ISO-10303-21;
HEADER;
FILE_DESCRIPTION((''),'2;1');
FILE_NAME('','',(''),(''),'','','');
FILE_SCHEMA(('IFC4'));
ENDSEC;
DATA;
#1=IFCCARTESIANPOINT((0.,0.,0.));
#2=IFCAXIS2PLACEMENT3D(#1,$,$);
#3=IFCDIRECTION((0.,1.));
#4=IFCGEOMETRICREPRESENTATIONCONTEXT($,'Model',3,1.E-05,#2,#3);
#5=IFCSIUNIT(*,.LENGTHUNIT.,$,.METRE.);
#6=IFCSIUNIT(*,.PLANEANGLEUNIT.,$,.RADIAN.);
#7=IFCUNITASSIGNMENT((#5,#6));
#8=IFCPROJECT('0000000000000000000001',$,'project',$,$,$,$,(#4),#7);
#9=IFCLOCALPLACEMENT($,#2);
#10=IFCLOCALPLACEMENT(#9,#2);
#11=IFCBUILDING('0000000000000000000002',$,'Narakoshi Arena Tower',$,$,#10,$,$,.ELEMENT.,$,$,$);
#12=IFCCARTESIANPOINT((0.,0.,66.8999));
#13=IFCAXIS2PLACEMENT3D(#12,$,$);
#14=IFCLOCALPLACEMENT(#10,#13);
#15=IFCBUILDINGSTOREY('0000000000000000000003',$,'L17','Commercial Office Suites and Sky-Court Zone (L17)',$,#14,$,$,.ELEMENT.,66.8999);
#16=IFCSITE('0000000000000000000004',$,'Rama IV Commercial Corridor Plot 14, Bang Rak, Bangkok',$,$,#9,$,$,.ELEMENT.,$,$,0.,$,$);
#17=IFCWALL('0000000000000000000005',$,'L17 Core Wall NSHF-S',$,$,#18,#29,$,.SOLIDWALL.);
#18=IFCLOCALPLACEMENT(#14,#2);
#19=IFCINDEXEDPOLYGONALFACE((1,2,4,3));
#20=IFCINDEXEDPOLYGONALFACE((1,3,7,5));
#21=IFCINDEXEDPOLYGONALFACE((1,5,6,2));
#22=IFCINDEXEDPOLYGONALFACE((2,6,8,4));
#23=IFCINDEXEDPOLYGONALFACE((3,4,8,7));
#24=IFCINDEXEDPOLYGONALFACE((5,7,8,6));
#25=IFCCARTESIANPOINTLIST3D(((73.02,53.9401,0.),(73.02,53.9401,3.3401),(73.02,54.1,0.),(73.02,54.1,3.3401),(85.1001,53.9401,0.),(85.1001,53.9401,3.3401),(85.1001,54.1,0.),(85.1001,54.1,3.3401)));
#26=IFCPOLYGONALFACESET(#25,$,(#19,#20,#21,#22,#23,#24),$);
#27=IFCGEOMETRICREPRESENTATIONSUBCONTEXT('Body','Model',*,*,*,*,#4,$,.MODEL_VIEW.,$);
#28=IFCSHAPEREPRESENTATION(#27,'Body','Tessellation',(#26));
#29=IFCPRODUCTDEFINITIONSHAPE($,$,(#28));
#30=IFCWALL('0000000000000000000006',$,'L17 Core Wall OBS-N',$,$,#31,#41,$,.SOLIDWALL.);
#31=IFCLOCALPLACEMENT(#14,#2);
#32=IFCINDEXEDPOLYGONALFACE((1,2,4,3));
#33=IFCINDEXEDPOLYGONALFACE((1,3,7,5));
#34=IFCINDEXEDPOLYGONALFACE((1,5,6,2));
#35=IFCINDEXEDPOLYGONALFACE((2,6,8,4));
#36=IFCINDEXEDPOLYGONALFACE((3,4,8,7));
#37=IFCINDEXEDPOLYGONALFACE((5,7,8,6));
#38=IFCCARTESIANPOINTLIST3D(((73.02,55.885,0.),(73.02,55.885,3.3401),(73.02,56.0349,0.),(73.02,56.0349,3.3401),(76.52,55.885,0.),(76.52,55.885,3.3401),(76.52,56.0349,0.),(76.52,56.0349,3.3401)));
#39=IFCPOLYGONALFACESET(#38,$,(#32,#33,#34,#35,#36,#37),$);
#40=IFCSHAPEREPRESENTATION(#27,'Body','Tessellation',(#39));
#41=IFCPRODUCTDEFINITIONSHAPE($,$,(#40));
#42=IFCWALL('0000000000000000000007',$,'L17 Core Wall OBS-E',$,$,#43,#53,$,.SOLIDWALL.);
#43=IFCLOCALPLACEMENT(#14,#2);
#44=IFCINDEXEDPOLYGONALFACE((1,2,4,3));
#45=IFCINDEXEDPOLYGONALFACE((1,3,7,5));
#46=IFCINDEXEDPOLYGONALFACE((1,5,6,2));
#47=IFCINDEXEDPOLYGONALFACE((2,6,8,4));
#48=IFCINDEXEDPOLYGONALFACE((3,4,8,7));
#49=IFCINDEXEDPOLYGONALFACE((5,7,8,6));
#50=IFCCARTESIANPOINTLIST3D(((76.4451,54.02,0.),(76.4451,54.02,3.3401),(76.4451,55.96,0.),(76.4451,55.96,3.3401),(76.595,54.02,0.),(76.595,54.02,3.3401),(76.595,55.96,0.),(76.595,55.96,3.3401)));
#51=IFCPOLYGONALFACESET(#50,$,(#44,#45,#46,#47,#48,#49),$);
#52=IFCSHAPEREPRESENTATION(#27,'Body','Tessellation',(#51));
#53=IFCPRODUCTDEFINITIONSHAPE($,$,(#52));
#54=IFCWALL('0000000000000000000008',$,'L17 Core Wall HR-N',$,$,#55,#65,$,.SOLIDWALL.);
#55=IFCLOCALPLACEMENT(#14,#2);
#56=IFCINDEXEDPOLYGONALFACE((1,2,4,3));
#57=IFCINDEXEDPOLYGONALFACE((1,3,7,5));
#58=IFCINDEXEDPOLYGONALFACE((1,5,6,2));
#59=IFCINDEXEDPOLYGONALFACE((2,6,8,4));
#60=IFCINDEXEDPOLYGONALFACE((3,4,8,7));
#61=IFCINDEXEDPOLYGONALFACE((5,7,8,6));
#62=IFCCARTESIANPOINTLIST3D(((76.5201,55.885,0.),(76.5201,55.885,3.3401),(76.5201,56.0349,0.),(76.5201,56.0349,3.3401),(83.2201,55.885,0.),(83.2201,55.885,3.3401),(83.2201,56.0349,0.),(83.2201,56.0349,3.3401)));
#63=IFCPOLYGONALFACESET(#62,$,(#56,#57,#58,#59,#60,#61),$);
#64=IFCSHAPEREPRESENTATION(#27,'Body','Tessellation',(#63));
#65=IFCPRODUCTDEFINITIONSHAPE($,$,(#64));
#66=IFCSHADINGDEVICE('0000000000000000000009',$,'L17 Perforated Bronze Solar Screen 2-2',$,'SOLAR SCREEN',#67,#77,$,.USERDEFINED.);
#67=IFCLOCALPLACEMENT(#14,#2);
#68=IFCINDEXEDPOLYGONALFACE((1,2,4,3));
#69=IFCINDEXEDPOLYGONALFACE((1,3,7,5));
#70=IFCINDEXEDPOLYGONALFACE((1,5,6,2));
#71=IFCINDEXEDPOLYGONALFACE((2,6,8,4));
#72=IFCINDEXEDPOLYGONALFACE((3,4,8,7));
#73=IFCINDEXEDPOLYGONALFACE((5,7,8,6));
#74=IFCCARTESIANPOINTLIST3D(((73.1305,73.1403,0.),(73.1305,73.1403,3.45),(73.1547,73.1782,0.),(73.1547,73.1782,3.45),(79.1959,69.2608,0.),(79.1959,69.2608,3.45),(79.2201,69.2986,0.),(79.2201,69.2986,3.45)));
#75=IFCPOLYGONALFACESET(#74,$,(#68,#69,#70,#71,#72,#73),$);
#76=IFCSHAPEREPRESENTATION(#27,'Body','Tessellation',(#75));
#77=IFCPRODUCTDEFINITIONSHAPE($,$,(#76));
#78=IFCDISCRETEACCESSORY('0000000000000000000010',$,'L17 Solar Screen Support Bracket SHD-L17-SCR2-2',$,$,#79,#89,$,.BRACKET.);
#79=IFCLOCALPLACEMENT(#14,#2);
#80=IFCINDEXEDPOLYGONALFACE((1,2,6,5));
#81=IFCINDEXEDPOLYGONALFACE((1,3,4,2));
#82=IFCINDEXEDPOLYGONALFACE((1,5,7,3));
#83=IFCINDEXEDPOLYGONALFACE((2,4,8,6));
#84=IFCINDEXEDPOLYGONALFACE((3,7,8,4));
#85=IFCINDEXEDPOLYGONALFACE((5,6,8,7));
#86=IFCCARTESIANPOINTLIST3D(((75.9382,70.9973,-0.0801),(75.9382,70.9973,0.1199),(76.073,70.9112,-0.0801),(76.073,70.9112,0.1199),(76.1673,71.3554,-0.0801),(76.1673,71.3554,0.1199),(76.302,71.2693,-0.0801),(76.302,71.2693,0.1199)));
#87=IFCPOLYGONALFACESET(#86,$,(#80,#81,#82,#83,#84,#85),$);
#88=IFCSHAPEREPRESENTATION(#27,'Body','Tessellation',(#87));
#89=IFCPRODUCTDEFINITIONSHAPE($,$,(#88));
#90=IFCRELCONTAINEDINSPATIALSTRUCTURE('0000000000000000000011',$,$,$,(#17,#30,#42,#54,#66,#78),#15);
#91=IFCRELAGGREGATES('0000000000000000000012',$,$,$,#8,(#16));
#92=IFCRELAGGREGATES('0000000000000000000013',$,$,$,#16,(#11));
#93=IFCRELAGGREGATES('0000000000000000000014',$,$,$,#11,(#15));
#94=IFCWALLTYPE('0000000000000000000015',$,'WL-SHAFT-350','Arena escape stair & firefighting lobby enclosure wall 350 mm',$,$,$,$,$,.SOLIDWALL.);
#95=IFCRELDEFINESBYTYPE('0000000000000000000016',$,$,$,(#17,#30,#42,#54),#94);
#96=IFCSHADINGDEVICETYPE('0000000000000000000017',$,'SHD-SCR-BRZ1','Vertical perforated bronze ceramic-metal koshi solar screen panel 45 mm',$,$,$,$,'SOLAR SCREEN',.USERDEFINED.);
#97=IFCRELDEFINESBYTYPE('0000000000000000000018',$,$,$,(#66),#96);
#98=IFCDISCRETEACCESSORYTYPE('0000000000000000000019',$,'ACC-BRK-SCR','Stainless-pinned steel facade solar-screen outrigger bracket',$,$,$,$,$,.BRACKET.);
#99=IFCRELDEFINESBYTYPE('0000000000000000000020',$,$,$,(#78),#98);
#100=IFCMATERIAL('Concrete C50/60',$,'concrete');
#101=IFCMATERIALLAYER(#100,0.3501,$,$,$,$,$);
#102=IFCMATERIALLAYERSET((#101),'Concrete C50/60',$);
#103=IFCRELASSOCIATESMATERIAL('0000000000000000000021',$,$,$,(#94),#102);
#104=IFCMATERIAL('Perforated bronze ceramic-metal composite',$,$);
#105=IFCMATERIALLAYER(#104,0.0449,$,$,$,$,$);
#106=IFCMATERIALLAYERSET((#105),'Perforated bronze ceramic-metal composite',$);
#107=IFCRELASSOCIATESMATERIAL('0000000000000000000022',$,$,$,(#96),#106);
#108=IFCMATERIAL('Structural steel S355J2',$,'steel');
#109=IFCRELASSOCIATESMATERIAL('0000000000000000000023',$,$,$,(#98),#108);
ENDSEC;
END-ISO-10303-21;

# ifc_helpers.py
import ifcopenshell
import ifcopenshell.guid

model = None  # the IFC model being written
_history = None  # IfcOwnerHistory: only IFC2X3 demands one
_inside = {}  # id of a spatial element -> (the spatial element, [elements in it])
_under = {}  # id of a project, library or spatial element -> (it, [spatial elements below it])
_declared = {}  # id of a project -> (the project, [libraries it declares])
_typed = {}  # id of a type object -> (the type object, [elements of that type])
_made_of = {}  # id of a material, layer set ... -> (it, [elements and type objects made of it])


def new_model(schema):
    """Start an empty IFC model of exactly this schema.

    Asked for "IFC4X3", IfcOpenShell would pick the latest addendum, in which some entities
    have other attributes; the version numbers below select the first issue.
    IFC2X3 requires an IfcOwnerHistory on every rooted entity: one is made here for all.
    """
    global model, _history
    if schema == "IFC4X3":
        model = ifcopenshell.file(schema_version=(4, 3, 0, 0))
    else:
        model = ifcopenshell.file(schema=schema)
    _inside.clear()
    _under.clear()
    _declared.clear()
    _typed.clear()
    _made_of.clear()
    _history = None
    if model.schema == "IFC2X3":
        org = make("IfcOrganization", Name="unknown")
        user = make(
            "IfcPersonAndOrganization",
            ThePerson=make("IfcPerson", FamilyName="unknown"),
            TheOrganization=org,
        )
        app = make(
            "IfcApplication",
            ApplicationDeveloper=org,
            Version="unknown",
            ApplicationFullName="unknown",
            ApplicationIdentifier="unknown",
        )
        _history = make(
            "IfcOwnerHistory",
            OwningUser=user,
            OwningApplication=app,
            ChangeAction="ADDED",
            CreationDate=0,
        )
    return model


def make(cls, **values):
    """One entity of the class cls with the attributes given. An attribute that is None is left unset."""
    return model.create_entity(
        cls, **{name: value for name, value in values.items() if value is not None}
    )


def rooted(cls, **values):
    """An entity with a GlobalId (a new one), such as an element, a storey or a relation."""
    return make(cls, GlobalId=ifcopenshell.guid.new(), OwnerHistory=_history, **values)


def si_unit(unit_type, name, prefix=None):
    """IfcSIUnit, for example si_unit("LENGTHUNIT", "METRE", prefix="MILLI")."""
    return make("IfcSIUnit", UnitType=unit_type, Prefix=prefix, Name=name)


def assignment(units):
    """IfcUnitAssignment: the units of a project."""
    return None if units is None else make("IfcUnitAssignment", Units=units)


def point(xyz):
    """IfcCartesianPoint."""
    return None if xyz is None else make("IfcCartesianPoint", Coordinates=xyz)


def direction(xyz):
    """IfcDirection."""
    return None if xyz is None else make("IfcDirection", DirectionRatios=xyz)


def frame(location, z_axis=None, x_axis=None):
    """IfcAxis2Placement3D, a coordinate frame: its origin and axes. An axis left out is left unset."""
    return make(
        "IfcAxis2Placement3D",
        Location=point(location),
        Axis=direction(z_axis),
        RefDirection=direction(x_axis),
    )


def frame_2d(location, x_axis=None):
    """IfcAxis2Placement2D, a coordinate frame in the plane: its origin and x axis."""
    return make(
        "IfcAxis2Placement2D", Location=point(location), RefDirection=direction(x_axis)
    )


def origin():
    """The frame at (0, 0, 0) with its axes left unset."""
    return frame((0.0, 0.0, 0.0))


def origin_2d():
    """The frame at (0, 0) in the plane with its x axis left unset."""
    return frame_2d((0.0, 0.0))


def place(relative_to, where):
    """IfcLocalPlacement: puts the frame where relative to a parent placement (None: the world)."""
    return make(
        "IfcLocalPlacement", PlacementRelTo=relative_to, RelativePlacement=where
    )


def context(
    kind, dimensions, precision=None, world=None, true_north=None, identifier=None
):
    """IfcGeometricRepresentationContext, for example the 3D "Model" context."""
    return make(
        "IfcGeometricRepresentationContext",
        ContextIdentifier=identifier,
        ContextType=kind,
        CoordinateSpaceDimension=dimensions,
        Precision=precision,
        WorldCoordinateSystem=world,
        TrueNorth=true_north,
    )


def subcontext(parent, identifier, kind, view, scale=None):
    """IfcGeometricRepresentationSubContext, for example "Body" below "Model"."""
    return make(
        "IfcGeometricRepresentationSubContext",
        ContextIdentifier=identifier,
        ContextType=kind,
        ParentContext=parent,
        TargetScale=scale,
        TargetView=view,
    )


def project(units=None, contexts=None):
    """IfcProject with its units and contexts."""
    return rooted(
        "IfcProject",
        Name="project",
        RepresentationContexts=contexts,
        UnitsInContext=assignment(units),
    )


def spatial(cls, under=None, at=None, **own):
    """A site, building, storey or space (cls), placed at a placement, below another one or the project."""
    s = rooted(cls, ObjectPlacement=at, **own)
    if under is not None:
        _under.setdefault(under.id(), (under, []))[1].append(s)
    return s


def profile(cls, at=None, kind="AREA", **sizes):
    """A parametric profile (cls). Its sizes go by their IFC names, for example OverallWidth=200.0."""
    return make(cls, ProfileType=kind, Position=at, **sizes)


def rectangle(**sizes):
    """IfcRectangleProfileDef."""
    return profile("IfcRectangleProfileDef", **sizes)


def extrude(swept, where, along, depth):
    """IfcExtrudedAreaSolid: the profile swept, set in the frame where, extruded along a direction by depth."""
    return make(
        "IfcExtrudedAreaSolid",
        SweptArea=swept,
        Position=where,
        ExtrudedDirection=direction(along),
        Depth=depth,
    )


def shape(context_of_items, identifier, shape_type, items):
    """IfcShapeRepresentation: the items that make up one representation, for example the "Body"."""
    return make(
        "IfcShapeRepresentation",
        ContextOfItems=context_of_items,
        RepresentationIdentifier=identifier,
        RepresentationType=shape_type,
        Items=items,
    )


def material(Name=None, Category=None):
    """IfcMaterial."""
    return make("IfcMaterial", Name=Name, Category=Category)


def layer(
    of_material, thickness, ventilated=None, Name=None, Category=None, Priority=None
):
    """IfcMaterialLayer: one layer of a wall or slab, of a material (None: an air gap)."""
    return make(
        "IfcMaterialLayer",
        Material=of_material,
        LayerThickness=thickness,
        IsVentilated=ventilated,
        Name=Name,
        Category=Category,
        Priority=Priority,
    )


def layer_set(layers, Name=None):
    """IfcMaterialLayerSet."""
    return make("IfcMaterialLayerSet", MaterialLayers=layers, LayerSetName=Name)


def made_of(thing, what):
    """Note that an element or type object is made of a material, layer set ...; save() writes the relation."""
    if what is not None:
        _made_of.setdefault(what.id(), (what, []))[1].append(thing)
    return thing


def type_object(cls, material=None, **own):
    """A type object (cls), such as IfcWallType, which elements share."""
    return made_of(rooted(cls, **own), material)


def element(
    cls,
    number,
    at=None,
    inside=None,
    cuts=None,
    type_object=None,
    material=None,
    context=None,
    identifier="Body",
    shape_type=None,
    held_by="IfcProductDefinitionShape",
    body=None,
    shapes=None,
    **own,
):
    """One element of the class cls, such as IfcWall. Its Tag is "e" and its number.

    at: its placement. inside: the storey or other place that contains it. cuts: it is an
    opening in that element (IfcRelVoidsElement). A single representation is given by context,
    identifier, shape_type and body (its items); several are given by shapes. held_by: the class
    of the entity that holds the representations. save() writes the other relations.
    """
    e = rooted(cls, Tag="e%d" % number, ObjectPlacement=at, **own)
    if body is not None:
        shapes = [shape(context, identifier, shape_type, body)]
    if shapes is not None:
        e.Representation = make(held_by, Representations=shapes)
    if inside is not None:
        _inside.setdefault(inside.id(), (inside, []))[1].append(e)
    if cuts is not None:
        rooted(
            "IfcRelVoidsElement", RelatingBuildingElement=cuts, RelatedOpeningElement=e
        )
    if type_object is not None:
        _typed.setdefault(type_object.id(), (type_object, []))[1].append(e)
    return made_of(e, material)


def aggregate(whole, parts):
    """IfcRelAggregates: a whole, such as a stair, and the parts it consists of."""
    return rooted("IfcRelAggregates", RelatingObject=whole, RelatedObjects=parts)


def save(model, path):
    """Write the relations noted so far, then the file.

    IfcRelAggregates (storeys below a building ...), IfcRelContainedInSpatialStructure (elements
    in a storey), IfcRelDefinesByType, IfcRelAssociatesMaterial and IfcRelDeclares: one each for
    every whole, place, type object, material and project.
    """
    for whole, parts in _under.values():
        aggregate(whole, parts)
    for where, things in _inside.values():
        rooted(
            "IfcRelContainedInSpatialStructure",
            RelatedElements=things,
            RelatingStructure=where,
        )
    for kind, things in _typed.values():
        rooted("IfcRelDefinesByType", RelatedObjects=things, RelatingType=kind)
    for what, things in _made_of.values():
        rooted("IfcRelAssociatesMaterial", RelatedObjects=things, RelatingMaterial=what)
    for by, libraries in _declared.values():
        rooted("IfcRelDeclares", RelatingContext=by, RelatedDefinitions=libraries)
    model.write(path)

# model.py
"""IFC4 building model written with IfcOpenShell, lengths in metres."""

from ifc_helpers import new_model, si_unit, direction, frame, frame_2d, origin, origin_2d, place, context, subcontext, project, spatial, rectangle, extrude, material, layer, layer_set, type_object, element, save


model = new_model("IFC4")

# Units and contexts
model_context = context("Model", 3, precision=1e-05, world=origin(), true_north=direction((0.0, 1.0)))
body_context = subcontext(model_context, "Body", "Model", "MODEL_VIEW")
ifc_project = project(units=[si_unit("LENGTHUNIT", "METRE"), si_unit("PLANEANGLEUNIT", "RADIAN")], contexts=[model_context])

# Site, building, storey
site_placement = place(None, origin())
site = spatial("IfcSite", under=ifc_project, at=site_placement, Name="Rama IV Commercial Corridor Plot 14, Bang Rak, Bangkok", CompositionType="ELEMENT", RefElevation=0.0)
building_placement = place(site_placement, origin())
building = spatial("IfcBuilding", under=site, at=building_placement, Name="Narakoshi Arena Tower", CompositionType="ELEMENT")
storey_placement = place(building_placement, frame((0.0, 0.0, 66.8999)))
storey = spatial("IfcBuildingStorey", under=building, at=storey_placement, Name="L17", Description="Commercial Office Suites and Sky-Court Zone (L17)", CompositionType="ELEMENT", Elevation=66.8999)

# Shared definitions
ifc_material_1 = material(Name="Structural steel S355J2", Category="steel")

# Walls
ifc_material_2 = material(Name="Concrete C50/60", Category="concrete")
ifc_layer_1 = layer(ifc_material_2, 0.3501)
ifc_layer_set_1 = layer_set([ifc_layer_1], Name="Concrete C50/60")
wall_type_1 = type_object("IfcWallType", Name="WL-SHAFT-350", Description="Arena escape stair & firefighting lobby enclosure wall 350 mm", PredefinedType="SOLIDWALL", material=ifc_layer_set_1)
wall_1_placement = place(storey_placement, frame((73.02, 54.02, 0.0), z_axis=(0.0, 0.0, 1.0), x_axis=(1.0, 0.0, 0.0)))
element("IfcWall", 1, at=wall_1_placement, inside=storey, type_object=wall_type_1, Name="L17 Core Wall NSHF-S", PredefinedType="SOLIDWALL", context=body_context, shape_type="SweptSolid", body=[
    extrude(rectangle(XDim=12.0801, YDim=0.1599, at=frame_2d((6.04, 0.0))), origin(), (0.0, 0.0, 1.0), 3.3401),
])
wall_2_placement = place(storey_placement, frame((73.02, 55.96, 0.0), z_axis=(0.0, 0.0, 1.0), x_axis=(1.0, 0.0, 0.0)))
element("IfcWall", 2, at=wall_2_placement, inside=storey, type_object=wall_type_1, Name="L17 Core Wall OBS-N", PredefinedType="SOLIDWALL", context=body_context, shape_type="SweptSolid", body=[
    extrude(rectangle(XDim=3.5, YDim=0.1499, at=frame_2d((1.75, 0.0))), origin(), (0.0, 0.0, 1.0), 3.3401),
])
wall_3_placement = place(storey_placement, frame((76.52, 54.02, 0.0), z_axis=(0.0, 0.0, 1.0), x_axis=(0.0, 1.0, 0.0)))
element("IfcWall", 3, at=wall_3_placement, inside=storey, type_object=wall_type_1, Name="L17 Core Wall OBS-E", PredefinedType="SOLIDWALL", context=body_context, shape_type="SweptSolid", body=[
    extrude(rectangle(XDim=1.9399, YDim=0.1499, at=frame_2d((0.97, 0.0))), origin(), (0.0, 0.0, 1.0), 3.3401),
])
wall_4_placement = place(storey_placement, frame((76.52, 55.96, 0.0), z_axis=(0.0, 0.0, 1.0), x_axis=(1.0, 0.0, 0.0)))
element("IfcWall", 4, at=wall_4_placement, inside=storey, type_object=wall_type_1, Name="L17 Core Wall HR-N", PredefinedType="SOLIDWALL", context=body_context, shape_type="SweptSolid", body=[
    extrude(rectangle(XDim=6.7, YDim=0.1499, at=frame_2d((3.3501, 0.0))), origin(), (0.0, 0.0, 1.0), 3.3401),
])

# Shading device
ifc_material_3 = material(Name="Perforated bronze ceramic-metal composite")
ifc_layer_2 = layer(ifc_material_3, 0.0449)
ifc_layer_set_2 = layer_set([ifc_layer_2], Name="Perforated bronze ceramic-metal composite")
shading_device_type = type_object("IfcShadingDeviceType", Name="SHD-SCR-BRZ1", Description="Vertical perforated bronze ceramic-metal koshi solar screen panel 45 mm", ElementType="SOLAR SCREEN", PredefinedType="USERDEFINED", material=ifc_layer_set_2)
shading_device_placement = place(storey_placement, frame((76.1753, 71.2195, 0.0), z_axis=(0.0, 0.0, 1.0), x_axis=(-0.842415, 0.53883, 0.0)))
element("IfcShadingDevice", 5, at=shading_device_placement, inside=storey, type_object=shading_device_type, Name="L17 Perforated Bronze Solar Screen 2-2", ObjectType="SOLAR SCREEN", PredefinedType="USERDEFINED", context=body_context, shape_type="SweptSolid", body=[
    extrude(rectangle(XDim=7.2, YDim=0.0449, at=origin_2d()), origin(), (0.0, 0.0, 1.0), 3.45),
])

# Discrete accessory
discrete_accessory_type = type_object("IfcDiscreteAccessoryType", Name="ACC-BRK-SCR", Description="Stainless-pinned steel facade solar-screen outrigger bracket", PredefinedType="BRACKET", material=ifc_material_1)
discrete_accessory_placement = place(storey_placement, frame((76.1201, 71.1333, -0.0801), z_axis=(0.0, 0.0, 1.0), x_axis=(-0.842415, 0.53883, 0.0)))
element("IfcDiscreteAccessory", 6, at=discrete_accessory_placement, inside=storey, type_object=discrete_accessory_type, Name="L17 Solar Screen Support Bracket SHD-L17-SCR2-2", PredefinedType="BRACKET", context=body_context, shape_type="SweptSolid", body=[
    extrude(rectangle(XDim=0.1599, YDim=0.425, at=origin_2d()), origin(), (0.0, 0.0, 1.0), 0.2),
])

save(model, "model.ifc")
